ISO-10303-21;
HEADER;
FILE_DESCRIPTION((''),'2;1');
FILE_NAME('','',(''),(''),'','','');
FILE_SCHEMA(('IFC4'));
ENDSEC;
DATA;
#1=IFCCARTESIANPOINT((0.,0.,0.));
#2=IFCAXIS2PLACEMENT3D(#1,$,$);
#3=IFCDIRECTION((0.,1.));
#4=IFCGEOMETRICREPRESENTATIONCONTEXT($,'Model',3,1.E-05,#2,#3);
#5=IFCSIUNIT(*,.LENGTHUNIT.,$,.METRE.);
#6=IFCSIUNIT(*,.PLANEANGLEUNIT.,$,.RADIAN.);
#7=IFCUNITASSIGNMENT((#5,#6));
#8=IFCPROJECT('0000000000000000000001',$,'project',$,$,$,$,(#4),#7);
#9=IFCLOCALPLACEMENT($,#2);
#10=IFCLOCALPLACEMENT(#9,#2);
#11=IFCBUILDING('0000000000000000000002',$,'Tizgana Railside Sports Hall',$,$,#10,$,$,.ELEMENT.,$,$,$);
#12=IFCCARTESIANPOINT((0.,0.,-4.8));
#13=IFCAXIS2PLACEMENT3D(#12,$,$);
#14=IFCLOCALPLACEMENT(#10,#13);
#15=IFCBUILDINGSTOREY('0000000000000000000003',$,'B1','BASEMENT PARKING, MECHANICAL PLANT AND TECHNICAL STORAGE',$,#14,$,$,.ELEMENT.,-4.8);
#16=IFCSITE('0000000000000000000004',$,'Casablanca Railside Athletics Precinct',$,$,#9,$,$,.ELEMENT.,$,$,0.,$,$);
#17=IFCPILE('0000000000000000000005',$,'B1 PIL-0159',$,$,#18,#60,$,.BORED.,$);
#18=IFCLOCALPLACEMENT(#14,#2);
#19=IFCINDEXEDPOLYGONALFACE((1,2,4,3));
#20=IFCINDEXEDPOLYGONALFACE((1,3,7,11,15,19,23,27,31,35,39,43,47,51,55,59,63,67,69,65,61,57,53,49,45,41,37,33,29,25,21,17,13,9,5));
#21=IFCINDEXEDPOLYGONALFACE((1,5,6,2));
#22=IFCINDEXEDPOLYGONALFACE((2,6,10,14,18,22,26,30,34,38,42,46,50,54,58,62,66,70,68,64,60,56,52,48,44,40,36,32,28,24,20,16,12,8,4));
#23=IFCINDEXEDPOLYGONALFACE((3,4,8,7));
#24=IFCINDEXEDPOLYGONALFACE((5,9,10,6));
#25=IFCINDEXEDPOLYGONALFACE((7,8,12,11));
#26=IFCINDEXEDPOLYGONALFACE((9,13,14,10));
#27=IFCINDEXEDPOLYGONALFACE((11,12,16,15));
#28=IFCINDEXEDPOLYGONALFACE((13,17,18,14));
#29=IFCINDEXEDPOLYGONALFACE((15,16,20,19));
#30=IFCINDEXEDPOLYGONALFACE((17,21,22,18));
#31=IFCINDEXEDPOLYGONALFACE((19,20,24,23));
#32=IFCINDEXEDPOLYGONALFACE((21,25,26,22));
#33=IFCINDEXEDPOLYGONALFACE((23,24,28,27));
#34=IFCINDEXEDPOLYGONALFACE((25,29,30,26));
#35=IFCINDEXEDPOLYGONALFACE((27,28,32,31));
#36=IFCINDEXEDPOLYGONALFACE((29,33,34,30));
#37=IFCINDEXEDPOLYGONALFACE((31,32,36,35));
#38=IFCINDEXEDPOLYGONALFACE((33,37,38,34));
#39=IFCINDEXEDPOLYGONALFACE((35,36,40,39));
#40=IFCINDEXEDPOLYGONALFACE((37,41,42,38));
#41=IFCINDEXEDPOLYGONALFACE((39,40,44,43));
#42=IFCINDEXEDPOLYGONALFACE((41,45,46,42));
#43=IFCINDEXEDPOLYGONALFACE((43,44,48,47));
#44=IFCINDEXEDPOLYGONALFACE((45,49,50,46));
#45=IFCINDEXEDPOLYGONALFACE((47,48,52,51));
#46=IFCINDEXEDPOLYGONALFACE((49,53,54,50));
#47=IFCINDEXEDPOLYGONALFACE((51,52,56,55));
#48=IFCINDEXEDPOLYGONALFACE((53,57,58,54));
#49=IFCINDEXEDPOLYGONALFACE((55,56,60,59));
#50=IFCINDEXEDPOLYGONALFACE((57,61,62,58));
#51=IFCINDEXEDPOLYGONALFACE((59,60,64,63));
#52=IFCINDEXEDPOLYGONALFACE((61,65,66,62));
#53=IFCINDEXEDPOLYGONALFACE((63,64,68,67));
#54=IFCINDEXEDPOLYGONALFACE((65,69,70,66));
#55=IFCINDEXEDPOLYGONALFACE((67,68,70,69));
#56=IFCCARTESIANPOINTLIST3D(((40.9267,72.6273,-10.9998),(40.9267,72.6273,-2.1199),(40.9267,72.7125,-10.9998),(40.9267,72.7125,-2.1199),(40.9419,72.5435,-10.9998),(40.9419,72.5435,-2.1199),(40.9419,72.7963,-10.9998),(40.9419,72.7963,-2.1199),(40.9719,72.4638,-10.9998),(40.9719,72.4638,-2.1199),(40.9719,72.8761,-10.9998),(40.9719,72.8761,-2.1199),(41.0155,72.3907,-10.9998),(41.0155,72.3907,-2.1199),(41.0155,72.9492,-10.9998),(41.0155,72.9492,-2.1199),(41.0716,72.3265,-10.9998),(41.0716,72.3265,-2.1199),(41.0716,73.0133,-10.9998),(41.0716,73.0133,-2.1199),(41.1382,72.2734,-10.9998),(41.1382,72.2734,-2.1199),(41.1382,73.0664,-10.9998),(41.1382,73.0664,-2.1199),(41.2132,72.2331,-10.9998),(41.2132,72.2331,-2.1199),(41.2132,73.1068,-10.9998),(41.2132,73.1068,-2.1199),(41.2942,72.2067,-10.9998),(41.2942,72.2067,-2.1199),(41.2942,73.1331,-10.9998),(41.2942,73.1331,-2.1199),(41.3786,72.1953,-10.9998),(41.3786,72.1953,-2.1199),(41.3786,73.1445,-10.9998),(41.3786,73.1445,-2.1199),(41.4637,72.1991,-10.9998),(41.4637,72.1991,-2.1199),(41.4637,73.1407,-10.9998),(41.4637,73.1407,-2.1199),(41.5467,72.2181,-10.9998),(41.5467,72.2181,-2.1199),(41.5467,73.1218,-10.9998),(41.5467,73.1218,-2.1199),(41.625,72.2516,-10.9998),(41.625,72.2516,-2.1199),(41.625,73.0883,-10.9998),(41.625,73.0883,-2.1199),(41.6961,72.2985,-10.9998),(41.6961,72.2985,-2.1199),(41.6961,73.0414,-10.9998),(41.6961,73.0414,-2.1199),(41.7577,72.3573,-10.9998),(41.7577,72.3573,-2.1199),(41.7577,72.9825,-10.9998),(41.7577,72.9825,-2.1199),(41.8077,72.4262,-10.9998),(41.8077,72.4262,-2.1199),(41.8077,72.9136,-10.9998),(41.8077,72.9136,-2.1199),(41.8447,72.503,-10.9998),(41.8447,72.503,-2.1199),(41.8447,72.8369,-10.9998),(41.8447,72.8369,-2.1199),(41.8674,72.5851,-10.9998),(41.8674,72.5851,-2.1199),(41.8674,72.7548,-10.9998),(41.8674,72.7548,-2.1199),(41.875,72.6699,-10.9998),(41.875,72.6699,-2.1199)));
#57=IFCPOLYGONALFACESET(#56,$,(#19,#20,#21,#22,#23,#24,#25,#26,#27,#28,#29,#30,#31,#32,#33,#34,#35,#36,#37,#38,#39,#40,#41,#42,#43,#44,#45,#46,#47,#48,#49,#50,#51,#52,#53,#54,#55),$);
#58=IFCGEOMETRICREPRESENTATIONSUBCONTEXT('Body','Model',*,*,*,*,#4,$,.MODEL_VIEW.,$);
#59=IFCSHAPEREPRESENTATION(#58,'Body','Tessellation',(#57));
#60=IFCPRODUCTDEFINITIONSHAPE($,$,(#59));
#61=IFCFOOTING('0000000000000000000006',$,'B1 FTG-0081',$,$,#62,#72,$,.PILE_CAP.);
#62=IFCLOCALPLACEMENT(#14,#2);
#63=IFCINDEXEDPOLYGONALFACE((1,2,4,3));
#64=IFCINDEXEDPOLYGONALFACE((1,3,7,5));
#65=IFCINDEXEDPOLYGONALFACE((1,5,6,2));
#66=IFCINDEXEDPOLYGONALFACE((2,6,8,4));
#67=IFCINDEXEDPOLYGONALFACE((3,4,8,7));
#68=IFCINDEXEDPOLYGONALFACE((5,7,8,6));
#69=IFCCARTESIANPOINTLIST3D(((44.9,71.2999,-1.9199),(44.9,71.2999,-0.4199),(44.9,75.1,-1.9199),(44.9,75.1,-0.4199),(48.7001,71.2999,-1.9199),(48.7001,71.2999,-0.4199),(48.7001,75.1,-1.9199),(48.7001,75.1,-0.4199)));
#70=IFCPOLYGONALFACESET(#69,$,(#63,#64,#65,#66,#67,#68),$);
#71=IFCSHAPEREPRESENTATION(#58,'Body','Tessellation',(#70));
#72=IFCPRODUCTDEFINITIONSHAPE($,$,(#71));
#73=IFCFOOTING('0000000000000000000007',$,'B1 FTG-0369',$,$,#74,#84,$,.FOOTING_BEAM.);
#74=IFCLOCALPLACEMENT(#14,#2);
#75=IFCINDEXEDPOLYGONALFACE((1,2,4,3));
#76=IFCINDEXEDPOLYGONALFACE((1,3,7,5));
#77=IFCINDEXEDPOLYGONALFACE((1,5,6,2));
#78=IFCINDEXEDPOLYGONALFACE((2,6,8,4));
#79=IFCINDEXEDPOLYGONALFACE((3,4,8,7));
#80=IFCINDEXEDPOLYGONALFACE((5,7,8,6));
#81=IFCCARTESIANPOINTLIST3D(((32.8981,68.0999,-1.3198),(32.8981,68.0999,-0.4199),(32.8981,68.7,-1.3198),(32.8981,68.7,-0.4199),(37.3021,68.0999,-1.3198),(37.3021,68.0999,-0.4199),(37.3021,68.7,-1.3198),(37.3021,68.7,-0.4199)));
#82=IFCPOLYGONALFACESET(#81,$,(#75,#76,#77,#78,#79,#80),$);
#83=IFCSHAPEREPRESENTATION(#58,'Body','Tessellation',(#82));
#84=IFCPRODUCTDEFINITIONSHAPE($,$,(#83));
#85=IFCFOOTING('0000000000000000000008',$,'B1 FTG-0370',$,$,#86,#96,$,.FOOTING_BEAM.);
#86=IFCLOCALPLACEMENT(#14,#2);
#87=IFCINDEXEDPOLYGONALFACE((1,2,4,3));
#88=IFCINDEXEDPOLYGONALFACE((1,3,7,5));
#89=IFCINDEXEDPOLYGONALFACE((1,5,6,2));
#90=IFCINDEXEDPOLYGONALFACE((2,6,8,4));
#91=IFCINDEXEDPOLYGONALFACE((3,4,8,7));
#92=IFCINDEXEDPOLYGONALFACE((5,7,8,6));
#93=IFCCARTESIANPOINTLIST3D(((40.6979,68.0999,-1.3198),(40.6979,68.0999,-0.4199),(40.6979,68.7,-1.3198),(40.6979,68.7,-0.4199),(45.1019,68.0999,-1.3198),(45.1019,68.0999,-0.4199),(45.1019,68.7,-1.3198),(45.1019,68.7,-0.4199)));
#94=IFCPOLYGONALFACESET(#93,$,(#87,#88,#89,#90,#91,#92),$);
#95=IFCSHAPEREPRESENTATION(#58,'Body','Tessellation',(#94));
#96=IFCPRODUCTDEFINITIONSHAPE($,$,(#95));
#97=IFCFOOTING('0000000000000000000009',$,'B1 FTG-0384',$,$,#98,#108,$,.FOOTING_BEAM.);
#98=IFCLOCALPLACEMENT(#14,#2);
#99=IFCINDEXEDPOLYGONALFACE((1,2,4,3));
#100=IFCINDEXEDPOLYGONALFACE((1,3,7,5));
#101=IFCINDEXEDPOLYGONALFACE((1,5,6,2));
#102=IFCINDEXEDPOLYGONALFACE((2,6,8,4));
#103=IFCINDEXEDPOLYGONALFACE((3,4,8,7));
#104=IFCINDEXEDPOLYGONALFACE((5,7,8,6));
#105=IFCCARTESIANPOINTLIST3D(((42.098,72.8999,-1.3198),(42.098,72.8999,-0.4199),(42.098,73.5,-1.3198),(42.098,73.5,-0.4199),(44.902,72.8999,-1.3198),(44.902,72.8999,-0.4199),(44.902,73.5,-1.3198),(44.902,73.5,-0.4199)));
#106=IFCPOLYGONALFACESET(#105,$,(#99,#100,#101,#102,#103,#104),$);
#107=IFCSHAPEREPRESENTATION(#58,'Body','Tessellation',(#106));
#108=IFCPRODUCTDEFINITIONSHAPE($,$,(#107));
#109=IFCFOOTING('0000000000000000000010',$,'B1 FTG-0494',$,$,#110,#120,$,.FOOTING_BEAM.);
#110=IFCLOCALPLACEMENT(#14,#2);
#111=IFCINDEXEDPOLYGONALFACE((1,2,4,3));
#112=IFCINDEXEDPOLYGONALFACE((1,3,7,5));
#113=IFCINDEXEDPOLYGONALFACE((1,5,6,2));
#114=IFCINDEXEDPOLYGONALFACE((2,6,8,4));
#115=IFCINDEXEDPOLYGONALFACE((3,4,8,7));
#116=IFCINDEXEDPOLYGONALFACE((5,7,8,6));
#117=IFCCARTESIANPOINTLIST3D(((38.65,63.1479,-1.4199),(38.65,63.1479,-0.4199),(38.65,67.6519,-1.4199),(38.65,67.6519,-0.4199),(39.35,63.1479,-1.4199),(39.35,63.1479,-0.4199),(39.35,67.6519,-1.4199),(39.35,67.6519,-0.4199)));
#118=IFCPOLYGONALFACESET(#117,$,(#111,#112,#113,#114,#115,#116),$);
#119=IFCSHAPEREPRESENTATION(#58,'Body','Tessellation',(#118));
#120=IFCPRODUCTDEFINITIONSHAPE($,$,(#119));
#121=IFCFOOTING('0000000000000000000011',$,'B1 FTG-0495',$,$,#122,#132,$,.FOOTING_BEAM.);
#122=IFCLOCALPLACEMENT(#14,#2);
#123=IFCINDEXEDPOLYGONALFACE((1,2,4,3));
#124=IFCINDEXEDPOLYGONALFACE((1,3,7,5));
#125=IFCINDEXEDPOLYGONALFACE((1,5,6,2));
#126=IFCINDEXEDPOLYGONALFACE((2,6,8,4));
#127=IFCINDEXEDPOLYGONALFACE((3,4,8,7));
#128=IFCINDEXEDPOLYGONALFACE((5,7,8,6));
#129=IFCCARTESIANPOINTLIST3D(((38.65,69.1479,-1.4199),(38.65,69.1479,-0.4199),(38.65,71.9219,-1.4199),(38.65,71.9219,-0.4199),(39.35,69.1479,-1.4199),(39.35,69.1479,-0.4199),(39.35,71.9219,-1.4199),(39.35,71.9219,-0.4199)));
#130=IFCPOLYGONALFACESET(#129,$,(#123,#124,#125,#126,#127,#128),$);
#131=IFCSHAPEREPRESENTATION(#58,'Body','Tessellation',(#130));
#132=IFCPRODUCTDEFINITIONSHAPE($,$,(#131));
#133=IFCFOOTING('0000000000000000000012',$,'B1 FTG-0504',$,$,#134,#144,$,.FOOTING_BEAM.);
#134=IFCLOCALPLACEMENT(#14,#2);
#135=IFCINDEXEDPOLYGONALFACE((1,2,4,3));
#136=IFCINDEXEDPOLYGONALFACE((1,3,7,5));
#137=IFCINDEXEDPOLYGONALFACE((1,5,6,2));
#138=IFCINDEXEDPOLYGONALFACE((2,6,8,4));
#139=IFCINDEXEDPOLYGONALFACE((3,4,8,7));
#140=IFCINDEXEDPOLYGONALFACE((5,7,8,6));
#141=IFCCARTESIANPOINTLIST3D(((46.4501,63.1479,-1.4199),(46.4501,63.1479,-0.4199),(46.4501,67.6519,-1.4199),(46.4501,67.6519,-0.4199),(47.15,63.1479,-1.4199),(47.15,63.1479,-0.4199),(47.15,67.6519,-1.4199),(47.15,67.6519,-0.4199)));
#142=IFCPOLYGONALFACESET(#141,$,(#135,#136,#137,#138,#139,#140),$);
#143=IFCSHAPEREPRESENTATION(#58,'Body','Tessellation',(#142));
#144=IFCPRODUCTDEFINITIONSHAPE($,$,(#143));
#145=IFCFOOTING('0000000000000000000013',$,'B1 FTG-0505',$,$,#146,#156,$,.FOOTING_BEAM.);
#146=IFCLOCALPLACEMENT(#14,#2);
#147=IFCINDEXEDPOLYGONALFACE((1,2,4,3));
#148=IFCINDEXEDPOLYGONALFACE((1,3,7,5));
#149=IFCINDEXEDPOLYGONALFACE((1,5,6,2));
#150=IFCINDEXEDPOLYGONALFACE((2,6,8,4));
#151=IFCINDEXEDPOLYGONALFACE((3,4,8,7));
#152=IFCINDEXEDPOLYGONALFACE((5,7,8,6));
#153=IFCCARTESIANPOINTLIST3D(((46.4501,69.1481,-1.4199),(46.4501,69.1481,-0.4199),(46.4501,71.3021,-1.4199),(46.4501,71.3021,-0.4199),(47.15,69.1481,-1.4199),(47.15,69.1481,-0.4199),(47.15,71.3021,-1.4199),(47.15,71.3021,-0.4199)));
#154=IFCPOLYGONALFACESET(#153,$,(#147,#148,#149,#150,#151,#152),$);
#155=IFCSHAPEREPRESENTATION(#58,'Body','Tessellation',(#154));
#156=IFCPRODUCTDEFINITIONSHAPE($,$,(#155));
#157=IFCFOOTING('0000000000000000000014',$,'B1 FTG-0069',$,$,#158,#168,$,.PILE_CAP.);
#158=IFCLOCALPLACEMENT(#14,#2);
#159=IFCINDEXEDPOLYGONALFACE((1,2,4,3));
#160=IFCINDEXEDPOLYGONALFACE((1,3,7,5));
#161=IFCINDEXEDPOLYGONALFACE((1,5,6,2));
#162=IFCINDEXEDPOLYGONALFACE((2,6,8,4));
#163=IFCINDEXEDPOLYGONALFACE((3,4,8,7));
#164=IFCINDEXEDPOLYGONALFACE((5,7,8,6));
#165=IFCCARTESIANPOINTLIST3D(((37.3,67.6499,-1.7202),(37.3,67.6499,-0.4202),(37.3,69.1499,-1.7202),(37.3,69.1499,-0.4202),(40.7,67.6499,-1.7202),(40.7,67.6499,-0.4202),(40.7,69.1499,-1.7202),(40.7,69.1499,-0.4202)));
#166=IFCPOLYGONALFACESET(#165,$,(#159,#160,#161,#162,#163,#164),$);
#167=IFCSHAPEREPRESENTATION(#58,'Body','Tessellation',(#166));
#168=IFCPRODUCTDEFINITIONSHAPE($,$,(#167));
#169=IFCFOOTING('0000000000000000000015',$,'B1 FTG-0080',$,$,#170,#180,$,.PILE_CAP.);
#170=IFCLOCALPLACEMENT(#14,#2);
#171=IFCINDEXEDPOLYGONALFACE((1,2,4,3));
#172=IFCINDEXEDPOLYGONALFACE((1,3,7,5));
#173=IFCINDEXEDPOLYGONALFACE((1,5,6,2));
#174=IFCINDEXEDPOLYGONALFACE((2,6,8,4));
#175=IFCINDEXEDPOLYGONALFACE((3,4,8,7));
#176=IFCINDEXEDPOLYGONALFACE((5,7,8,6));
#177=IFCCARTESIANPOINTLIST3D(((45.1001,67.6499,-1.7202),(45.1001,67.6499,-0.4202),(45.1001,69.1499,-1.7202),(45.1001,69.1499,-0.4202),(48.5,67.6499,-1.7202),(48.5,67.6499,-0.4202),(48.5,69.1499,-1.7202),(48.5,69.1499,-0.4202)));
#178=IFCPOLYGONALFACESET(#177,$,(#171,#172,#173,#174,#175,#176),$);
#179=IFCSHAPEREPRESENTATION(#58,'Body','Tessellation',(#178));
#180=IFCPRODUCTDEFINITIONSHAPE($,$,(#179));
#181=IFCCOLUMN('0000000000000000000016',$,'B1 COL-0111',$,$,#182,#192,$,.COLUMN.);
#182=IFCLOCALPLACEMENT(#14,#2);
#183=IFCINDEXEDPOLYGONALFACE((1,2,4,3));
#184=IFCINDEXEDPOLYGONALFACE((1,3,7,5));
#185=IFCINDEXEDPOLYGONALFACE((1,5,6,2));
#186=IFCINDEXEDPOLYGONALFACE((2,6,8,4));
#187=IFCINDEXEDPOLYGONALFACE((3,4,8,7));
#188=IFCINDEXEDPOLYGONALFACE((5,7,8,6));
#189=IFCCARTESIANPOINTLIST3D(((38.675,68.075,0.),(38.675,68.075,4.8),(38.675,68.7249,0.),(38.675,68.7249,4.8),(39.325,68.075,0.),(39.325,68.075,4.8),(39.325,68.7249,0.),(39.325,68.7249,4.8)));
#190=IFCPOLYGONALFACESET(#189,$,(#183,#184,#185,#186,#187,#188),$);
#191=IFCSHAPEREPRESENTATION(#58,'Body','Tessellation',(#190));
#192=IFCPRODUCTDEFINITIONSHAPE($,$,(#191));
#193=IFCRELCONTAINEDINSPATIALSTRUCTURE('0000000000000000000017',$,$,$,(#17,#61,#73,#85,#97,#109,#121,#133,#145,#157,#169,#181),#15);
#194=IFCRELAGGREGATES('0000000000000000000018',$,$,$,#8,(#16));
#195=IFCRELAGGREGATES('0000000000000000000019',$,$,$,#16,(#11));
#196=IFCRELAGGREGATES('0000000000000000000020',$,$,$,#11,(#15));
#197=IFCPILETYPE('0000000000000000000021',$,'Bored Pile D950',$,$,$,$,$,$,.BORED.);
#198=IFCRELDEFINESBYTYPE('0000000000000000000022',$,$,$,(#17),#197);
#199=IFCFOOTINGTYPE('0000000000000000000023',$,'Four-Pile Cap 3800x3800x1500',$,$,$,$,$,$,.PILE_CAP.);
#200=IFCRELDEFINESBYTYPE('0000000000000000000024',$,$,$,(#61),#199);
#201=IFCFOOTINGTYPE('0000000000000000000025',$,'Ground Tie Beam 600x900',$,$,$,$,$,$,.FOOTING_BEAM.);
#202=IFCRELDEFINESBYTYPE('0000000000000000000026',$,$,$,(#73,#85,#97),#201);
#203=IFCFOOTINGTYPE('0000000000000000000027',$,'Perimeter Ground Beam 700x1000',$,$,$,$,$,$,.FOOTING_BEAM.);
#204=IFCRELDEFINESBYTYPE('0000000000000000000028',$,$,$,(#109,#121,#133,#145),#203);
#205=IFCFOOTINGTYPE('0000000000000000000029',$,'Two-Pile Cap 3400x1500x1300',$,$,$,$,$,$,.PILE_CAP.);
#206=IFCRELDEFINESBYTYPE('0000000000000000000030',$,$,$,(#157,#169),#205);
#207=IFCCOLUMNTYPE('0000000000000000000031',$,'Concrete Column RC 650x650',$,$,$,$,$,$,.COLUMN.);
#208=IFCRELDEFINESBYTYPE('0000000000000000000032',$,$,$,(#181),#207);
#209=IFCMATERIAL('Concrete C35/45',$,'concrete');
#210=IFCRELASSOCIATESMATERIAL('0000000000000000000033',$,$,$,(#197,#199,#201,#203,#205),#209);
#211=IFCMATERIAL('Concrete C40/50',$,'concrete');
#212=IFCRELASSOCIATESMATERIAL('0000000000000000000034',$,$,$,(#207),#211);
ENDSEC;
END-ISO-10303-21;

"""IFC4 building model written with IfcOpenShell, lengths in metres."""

from ifc_helpers import new_model, si_unit, direction, frame, origin, origin_2d, place, context, subcontext, project, spatial, rectangle, circle, extrude, material, material_profile, profile_set, type_object, element, save


model = new_model("IFC4")

# Units and contexts
model_context = context("Model", 3, precision=1e-05, world=origin(), true_north=direction((0.0, 1.0)))
body_context = subcontext(model_context, "Body", "Model", "MODEL_VIEW")
ifc_project = project(units=[si_unit("LENGTHUNIT", "METRE"), si_unit("PLANEANGLEUNIT", "RADIAN")], contexts=[model_context])

# Site, building, storey
site_placement = place(None, origin())
site = spatial("IfcSite", under=ifc_project, at=site_placement, Name="Casablanca Railside Athletics Precinct", CompositionType="ELEMENT", RefElevation=0.0)
building_placement = place(site_placement, origin())
building = spatial("IfcBuilding", under=site, at=building_placement, Name="Tizgana Railside Sports Hall", CompositionType="ELEMENT")
storey_placement = place(building_placement, frame((0.0, 0.0, -4.8)))
storey = spatial("IfcBuildingStorey", under=building, at=storey_placement, Name="B1", Description="BASEMENT PARKING, MECHANICAL PLANT AND TECHNICAL STORAGE", CompositionType="ELEMENT", Elevation=-4.8)

# Pile
ifc_material_1 = material(Name="Concrete C35/45", Category="concrete")
ifc_material_profile_1 = material_profile(ifc_material_1, circle(Radius=0.4751, at=origin_2d()), Name="PILE D950")
ifc_profile_set_1 = profile_set([ifc_material_profile_1], Name="Concrete C35/45")
pile_type_1 = type_object("IfcPileType", Name="Bored Pile D950", PredefinedType="BORED", material=ifc_profile_set_1)
for number, where, z_axis, x_axis, name in (
    (1, (41.3999, 72.6699, -2.1199), (0.0, 0.0, -1.0), (1.0, 0.0, 0.0), "B1 PIL-0159"),
):
    element("IfcPile", number, at=place(storey_placement, frame(where, z_axis=z_axis, x_axis=x_axis)), inside=storey, type_object=pile_type_1, Name=name, PredefinedType="BORED", context=body_context, shape_type="SweptSolid", body=[
        extrude(circle(Radius=0.4751, at=origin_2d()), origin(), (0.0, 0.0, 1.0), 8.8799),
    ])

# Footings
footing_type_1 = type_object("IfcFootingType", Name="Four-Pile Cap 3800x3800x1500", PredefinedType="PILE_CAP", material=ifc_material_1)
footing_1_placement = place(storey_placement, frame((46.8, 73.2, -1.9199), z_axis=(0.0, 0.0, 1.0), x_axis=(1.0, 0.0, 0.0)))
element("IfcFooting", 2, at=footing_1_placement, inside=storey, type_object=footing_type_1, Name="B1 FTG-0081", PredefinedType="PILE_CAP", context=body_context, shape_type="SweptSolid", body=[
    extrude(rectangle(XDim=3.8, YDim=3.8, at=origin_2d()), origin(), (0.0, 0.0, 1.0), 1.5),
])
footing_type_2 = type_object("IfcFootingType", Name="Ground Tie Beam 600x900", PredefinedType="FOOTING_BEAM", material=ifc_material_1)
for number, where, z_axis, x_axis, name in (
    (3, (35.1001, 68.3999, -1.3198), (0.0, 0.0, 1.0), (1.0, 0.0, 0.0), "B1 FTG-0369"),
    (4, (42.8999, 68.3999, -1.3198), (0.0, 0.0, 1.0), (1.0, 0.0, 0.0), "B1 FTG-0370"),
):
    element("IfcFooting", number, at=place(storey_placement, frame(where, z_axis=z_axis, x_axis=x_axis)), inside=storey, type_object=footing_type_2, Name=name, PredefinedType="FOOTING_BEAM", context=body_context, shape_type="SweptSolid", body=[
        extrude(rectangle(XDim=4.4041, YDim=0.6001, at=origin_2d()), origin(), (0.0, 0.0, 1.0), 0.8999),
    ])
footing_2_placement = place(storey_placement, frame((43.5, 73.2, -1.3198), z_axis=(0.0, 0.0, 1.0), x_axis=(1.0, 0.0, 0.0)))
element("IfcFooting", 5, at=footing_2_placement, inside=storey, type_object=footing_type_2, Name="B1 FTG-0384", PredefinedType="FOOTING_BEAM", context=body_context, shape_type="SweptSolid", body=[
    extrude(rectangle(XDim=2.804, YDim=0.6001, at=origin_2d()), origin(), (0.0, 0.0, 1.0), 0.8999),
])
footing_type_3 = type_object("IfcFootingType", Name="Perimeter Ground Beam 700x1000", PredefinedType="FOOTING_BEAM", material=ifc_material_1)
footing_3_placement = place(storey_placement, frame((39.0, 65.3999, -1.4199), z_axis=(0.0, 0.0, 1.0), x_axis=(0.0, 1.0, 0.0)))
element("IfcFooting", 6, at=footing_3_placement, inside=storey, type_object=footing_type_3, Name="B1 FTG-0494", PredefinedType="FOOTING_BEAM", context=body_context, shape_type="SweptSolid", body=[
    extrude(rectangle(XDim=4.5039, YDim=0.7, at=origin_2d()), origin(), (0.0, 0.0, 1.0), 1.0),
])
footing_4_placement = place(storey_placement, frame((39.0, 70.5349, -1.4199), z_axis=(0.0, 0.0, 1.0), x_axis=(0.0, 1.0, 0.0)))
element("IfcFooting", 7, at=footing_4_placement, inside=storey, type_object=footing_type_3, Name="B1 FTG-0495", PredefinedType="FOOTING_BEAM", context=body_context, shape_type="SweptSolid", body=[
    extrude(rectangle(XDim=2.7739, YDim=0.7, at=origin_2d()), origin(), (0.0, 0.0, 1.0), 1.0),
])
footing_5_placement = place(storey_placement, frame((46.8, 65.3999, -1.4199), z_axis=(0.0, 0.0, 1.0), x_axis=(0.0, 1.0, 0.0)))
element("IfcFooting", 8, at=footing_5_placement, inside=storey, type_object=footing_type_3, Name="B1 FTG-0504", PredefinedType="FOOTING_BEAM", context=body_context, shape_type="SweptSolid", body=[
    extrude(rectangle(XDim=4.5039, YDim=0.7, at=origin_2d()), origin(), (0.0, 0.0, 1.0), 1.0),
])
footing_6_placement = place(storey_placement, frame((46.8, 70.2251, -1.4199), z_axis=(0.0, 0.0, 1.0), x_axis=(0.0, 1.0, 0.0)))
element("IfcFooting", 9, at=footing_6_placement, inside=storey, type_object=footing_type_3, Name="B1 FTG-0505", PredefinedType="FOOTING_BEAM", context=body_context, shape_type="SweptSolid", body=[
    extrude(rectangle(XDim=2.1541, YDim=0.7, at=origin_2d()), origin(), (0.0, 0.0, 1.0), 1.0),
])
footing_type_4 = type_object("IfcFootingType", Name="Two-Pile Cap 3400x1500x1300", PredefinedType="PILE_CAP", material=ifc_material_1)
for number, where, z_axis, x_axis, name in (
    (10, (39.0, 68.3999, -1.7202), (0.0, 0.0, 1.0), (1.0, 0.0, 0.0), "B1 FTG-0069"),
    (11, (46.8, 68.3999, -1.7202), (0.0, 0.0, 1.0), (1.0, 0.0, 0.0), "B1 FTG-0080"),
):
    element("IfcFooting", number, at=place(storey_placement, frame(where, z_axis=z_axis, x_axis=x_axis)), inside=storey, type_object=footing_type_4, Name=name, PredefinedType="PILE_CAP", context=body_context, shape_type="SweptSolid", body=[
        extrude(rectangle(XDim=3.3999, YDim=1.5, at=origin_2d()), origin(), (0.0, 0.0, 1.0), 1.3),
    ])

# Column
ifc_material_2 = material(Name="Concrete C40/50", Category="concrete")
ifc_material_profile_2 = material_profile(ifc_material_2, rectangle(XDim=0.6499, YDim=0.6499, at=origin_2d()), Name="RC 650x650")
ifc_profile_set_2 = profile_set([ifc_material_profile_2], Name="Concrete C40/50")
column_type_1 = type_object("IfcColumnType", Name="Concrete Column RC 650x650", PredefinedType="COLUMN", material=ifc_profile_set_2)
for number, where, z_axis, x_axis, name in (
    (12, (39.0, 68.3999, 0.0), (0.0, 0.0, 1.0), (1.0, 0.0, 0.0), "B1 COL-0111"),
):
    element("IfcColumn", number, at=place(storey_placement, frame(where, z_axis=z_axis, x_axis=x_axis)), inside=storey, type_object=column_type_1, Name=name, PredefinedType="COLUMN", context=body_context, shape_type="SweptSolid", body=[
        extrude(rectangle(XDim=0.6499, YDim=0.6499, at=origin_2d()), origin(), (0.0, 0.0, 1.0), 4.8),
    ])

save(model, "model.ifc")
